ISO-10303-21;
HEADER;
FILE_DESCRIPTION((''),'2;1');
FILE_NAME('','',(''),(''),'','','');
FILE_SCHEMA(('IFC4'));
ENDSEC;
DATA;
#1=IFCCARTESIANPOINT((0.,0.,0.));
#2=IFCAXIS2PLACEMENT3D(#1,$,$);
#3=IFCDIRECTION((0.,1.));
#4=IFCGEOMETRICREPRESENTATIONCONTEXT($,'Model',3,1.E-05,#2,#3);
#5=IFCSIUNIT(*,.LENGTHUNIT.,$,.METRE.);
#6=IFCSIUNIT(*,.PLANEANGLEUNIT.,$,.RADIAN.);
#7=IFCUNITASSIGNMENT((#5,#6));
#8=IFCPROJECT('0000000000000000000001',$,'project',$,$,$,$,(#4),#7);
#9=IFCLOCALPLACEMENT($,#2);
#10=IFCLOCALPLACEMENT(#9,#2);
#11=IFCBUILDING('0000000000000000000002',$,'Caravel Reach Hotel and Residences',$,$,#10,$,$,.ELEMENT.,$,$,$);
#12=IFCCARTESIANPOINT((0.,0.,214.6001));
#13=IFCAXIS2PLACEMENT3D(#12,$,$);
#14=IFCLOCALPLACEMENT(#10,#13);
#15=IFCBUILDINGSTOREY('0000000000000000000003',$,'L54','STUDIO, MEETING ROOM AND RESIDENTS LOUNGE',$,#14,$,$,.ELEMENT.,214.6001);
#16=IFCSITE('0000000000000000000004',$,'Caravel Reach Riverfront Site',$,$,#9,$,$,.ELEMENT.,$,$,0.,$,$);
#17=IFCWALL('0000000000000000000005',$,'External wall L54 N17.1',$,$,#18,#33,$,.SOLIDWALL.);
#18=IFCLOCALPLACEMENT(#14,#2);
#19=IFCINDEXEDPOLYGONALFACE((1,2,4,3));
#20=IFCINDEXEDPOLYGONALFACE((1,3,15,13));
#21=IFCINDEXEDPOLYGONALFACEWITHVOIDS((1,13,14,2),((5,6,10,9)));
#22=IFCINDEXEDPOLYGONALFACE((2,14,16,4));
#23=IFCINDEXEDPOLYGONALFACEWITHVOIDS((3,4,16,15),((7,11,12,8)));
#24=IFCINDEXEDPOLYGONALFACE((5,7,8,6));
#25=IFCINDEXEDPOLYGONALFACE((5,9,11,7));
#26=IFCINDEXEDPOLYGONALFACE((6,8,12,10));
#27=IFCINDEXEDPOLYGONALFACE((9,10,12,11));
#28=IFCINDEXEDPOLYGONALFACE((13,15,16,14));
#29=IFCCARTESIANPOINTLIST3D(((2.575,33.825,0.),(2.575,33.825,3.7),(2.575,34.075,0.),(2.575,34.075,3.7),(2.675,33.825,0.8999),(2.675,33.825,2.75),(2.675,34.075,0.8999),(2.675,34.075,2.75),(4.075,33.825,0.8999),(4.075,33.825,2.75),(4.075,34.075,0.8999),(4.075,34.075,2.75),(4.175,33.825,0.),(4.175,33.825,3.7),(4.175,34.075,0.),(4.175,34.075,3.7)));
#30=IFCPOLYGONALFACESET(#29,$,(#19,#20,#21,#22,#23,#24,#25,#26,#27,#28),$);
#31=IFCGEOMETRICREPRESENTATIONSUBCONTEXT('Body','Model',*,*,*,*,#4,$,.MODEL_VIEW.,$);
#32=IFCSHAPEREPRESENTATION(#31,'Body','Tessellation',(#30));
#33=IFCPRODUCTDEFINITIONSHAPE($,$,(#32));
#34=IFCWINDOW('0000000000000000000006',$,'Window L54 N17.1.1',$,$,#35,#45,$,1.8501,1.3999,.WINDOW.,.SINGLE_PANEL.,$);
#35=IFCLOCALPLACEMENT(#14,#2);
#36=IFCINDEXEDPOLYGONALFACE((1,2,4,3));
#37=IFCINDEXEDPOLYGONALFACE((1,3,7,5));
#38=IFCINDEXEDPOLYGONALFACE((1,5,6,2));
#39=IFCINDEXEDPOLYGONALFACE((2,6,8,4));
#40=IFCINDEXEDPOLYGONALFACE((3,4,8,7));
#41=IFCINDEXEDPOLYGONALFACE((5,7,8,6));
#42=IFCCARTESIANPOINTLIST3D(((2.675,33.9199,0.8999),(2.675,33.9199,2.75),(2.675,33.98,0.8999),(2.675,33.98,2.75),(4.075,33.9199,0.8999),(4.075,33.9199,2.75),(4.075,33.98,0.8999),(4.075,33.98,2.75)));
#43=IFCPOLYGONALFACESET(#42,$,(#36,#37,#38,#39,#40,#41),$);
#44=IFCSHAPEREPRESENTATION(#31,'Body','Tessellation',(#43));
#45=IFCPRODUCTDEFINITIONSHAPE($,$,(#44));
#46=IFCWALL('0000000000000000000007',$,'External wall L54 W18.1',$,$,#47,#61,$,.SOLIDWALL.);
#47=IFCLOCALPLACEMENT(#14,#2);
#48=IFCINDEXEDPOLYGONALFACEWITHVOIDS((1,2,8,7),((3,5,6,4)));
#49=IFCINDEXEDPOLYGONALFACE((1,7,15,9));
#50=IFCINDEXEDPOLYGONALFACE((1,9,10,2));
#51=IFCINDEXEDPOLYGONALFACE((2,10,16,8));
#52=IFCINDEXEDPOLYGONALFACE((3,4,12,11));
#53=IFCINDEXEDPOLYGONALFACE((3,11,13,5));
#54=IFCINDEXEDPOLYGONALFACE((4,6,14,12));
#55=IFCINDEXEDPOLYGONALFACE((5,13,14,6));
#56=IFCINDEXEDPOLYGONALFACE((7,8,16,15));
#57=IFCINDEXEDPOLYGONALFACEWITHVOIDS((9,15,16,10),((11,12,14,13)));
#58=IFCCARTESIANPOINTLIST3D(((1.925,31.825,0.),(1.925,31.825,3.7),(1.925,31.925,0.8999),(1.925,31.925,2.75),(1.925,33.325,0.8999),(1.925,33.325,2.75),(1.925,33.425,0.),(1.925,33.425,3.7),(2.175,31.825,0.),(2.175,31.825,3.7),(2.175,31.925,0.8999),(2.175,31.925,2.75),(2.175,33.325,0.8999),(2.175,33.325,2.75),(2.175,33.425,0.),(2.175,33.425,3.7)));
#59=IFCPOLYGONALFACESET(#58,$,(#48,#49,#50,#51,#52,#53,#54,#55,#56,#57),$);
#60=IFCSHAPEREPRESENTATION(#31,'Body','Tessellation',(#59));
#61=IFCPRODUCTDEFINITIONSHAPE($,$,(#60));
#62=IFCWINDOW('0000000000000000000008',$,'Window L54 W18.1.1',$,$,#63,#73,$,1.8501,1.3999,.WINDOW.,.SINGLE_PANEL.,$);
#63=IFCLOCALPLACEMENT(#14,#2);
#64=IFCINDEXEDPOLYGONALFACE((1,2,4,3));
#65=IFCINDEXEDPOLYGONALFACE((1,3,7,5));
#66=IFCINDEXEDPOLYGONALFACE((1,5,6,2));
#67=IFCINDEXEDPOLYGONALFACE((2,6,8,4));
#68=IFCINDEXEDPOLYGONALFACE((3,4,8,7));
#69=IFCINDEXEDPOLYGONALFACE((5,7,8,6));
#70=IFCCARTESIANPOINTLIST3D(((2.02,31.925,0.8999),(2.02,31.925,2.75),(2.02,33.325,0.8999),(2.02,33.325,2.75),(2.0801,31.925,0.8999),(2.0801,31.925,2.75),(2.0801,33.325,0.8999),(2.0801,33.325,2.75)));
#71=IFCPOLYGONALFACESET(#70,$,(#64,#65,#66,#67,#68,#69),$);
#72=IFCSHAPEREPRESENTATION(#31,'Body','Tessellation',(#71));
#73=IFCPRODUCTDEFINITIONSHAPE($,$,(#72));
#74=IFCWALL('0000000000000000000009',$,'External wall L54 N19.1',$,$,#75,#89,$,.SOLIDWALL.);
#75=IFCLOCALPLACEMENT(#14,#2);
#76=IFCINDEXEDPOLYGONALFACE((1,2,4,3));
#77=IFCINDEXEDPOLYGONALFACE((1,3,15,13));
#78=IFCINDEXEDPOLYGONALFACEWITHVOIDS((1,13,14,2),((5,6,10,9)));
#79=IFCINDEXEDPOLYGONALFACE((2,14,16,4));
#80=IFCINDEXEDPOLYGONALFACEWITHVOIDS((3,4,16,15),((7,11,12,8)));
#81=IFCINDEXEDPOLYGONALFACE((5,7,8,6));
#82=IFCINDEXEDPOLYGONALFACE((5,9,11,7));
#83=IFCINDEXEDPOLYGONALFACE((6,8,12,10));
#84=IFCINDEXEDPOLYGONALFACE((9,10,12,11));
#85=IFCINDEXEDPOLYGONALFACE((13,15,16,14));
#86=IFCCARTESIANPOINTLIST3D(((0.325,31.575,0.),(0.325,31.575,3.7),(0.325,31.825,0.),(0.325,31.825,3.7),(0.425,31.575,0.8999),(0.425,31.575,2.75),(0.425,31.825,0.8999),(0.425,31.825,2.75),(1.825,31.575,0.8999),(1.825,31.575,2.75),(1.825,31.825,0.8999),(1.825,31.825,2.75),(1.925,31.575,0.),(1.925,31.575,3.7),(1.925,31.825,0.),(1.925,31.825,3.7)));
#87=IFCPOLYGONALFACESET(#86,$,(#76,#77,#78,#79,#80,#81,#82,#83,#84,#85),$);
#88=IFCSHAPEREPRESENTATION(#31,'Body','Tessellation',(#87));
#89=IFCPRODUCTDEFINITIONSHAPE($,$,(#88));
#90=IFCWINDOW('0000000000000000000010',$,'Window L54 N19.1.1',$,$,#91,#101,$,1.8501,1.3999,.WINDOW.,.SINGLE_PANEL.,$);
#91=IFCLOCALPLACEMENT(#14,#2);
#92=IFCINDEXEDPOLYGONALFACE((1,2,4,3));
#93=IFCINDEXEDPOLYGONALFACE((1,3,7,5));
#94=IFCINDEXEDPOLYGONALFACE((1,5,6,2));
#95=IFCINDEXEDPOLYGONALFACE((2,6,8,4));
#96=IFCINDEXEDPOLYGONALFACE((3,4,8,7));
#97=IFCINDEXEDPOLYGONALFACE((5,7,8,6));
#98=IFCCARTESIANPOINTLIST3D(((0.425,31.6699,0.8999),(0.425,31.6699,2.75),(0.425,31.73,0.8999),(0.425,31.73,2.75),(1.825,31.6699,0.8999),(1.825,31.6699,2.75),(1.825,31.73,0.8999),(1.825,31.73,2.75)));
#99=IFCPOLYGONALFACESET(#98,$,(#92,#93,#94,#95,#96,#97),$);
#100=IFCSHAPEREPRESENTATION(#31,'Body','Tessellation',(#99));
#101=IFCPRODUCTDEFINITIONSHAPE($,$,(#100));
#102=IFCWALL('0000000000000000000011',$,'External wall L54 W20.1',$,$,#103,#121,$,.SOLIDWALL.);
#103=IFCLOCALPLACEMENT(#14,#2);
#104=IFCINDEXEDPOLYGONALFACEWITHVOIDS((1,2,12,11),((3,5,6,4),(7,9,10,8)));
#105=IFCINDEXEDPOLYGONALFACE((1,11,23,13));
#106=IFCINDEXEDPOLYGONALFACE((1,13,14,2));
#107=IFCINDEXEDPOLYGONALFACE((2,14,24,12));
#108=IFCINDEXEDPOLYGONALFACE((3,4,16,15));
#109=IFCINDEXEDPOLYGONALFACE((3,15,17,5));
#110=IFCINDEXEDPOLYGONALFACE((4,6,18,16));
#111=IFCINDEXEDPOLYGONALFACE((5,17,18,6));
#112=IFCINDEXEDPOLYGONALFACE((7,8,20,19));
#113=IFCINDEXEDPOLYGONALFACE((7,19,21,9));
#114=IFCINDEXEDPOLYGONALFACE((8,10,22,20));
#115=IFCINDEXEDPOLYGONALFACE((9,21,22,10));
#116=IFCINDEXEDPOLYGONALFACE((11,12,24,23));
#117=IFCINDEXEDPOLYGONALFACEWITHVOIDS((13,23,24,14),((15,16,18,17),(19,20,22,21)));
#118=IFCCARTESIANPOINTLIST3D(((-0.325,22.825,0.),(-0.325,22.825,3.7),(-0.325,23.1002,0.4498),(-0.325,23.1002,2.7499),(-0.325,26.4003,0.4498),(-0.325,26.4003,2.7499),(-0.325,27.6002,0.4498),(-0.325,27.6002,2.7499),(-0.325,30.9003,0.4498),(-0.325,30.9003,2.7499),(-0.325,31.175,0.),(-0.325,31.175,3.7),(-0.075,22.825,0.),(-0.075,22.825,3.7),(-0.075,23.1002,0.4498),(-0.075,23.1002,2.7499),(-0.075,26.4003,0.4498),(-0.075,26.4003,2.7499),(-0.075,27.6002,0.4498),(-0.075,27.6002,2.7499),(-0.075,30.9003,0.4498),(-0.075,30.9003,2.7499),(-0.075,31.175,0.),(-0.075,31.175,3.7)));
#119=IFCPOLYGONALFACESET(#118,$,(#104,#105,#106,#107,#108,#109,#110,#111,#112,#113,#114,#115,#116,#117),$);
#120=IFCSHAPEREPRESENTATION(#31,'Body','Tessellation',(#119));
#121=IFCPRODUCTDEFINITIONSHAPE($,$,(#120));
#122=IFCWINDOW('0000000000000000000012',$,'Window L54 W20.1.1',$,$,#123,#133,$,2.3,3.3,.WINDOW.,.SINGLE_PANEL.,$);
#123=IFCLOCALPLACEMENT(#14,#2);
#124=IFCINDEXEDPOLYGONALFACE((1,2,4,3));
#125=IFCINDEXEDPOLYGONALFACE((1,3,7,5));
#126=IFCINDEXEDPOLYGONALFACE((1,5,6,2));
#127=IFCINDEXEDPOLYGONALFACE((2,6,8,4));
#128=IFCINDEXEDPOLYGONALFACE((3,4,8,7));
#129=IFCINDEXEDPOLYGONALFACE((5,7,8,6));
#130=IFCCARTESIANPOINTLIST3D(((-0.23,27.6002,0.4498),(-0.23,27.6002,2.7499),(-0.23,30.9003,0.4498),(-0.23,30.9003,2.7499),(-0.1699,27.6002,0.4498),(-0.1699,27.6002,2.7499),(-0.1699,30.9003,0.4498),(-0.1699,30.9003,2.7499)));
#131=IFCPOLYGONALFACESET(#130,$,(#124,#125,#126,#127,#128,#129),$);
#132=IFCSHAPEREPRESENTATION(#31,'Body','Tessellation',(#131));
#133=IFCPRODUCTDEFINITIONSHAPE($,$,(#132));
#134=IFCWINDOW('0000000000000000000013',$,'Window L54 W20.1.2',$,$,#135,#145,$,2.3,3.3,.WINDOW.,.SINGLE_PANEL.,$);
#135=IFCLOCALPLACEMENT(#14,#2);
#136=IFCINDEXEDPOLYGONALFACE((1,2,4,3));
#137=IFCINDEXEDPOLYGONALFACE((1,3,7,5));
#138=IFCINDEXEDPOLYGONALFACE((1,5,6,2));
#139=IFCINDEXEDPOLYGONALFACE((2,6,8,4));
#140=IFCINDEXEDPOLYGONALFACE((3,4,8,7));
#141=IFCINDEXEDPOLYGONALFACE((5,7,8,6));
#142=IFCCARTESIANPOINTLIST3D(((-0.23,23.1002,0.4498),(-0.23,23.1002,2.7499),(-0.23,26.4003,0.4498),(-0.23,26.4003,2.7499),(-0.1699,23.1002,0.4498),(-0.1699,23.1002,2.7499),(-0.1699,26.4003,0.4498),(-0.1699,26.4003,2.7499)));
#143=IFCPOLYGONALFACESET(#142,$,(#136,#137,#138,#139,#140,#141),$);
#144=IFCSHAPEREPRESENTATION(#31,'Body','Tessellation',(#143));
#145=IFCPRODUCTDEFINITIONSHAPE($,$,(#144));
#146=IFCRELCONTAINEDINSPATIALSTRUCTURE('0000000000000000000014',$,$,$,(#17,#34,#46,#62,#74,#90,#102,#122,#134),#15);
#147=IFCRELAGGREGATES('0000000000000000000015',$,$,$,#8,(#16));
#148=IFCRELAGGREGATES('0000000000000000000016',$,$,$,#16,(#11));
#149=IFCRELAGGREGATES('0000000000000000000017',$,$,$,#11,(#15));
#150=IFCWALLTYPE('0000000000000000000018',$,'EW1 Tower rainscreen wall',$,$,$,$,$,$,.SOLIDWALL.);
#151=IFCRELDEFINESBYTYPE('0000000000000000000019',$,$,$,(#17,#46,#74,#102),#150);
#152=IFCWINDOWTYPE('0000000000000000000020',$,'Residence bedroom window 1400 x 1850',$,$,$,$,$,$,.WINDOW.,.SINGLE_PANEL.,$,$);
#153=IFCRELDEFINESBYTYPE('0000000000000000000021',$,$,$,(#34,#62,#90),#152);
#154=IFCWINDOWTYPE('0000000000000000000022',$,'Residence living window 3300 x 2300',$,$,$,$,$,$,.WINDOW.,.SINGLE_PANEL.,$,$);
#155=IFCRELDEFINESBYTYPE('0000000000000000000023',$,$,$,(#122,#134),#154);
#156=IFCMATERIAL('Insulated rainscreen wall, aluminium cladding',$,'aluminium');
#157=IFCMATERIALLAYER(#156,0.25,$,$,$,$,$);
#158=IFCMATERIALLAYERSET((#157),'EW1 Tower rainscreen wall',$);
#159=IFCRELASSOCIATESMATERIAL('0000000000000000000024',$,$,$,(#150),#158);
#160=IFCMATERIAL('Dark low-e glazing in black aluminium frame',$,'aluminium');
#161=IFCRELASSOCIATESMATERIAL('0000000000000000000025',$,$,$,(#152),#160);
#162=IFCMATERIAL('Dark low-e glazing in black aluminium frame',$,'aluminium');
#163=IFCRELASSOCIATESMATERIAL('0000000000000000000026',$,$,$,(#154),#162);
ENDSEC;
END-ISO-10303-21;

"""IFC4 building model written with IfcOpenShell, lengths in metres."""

from ifc_helpers import new_model, si_unit, direction, frame, frame_2d, origin, place, context, subcontext, project, spatial, rectangle, extrude, material, layer, layer_set, type_object, element, fill, save


model = new_model("IFC4")

# Units and contexts
model_context = context("Model", 3, precision=1e-05, world=origin(), true_north=direction((0.0, 1.0)))
body_context = subcontext(model_context, "Body", "Model", "MODEL_VIEW")
ifc_project = project(units=[si_unit("LENGTHUNIT", "METRE"), si_unit("PLANEANGLEUNIT", "RADIAN")], contexts=[model_context])

# Site, building, storey
site_placement = place(None, origin())
site = spatial("IfcSite", under=ifc_project, at=site_placement, Name="Caravel Reach Riverfront Site", CompositionType="ELEMENT", RefElevation=0.0)
building_placement = place(site_placement, origin())
building = spatial("IfcBuilding", under=site, at=building_placement, Name="Caravel Reach Hotel and Residences", CompositionType="ELEMENT")
storey_placement = place(building_placement, frame((0.0, 0.0, 214.6001)))
storey = spatial("IfcBuildingStorey", under=building, at=storey_placement, Name="L54", Description="STUDIO, MEETING ROOM AND RESIDENTS LOUNGE", CompositionType="ELEMENT", Elevation=214.6001)

# Walls, openings, windows
ifc_material_1 = material(Name="Insulated rainscreen wall, aluminium cladding", Category="aluminium")
ifc_layer_1 = layer(ifc_material_1, 0.25)
ifc_layer_set_1 = layer_set([ifc_layer_1], Name="EW1 Tower rainscreen wall")
wall_type_1 = type_object("IfcWallType", Name="EW1 Tower rainscreen wall", PredefinedType="SOLIDWALL", material=ifc_layer_set_1)
ifc_material_2 = material(Name="Dark low-e glazing in black aluminium frame", Category="aluminium")
window_type_1 = type_object("IfcWindowType", Name="Residence bedroom window 1400 x 1850", PartitioningType="SINGLE_PANEL", PredefinedType="WINDOW", material=ifc_material_2)
wall_1_placement = place(storey_placement, frame((4.175, 33.95, 0.0), z_axis=(0.0, 0.0, 1.0), x_axis=(-1.0, 0.0, 0.0)))
wall_1 = element("IfcWall", 1, at=wall_1_placement, inside=storey, type_object=wall_type_1, Name="External wall L54 N17.1", PredefinedType="SOLIDWALL", context=body_context, shape_type="SweptSolid", body=[
    extrude(rectangle(XDim=1.6001, YDim=0.25, at=frame_2d((0.8, 0.0))), origin(), (0.0, 0.0, 1.0), 3.7),
])
opening_1_placement = place(wall_1_placement, frame((0.1001, 0.0, 0.8999)))
opening_1 = element("IfcOpeningElement", 2, at=opening_1_placement, cuts=wall_1, PredefinedType="OPENING", context=body_context, shape_type="SweptSolid", body=[
    extrude(rectangle(XDim=1.3999, YDim=1.8501, at=frame_2d((0.7, 0.925))), frame((0.0, 0.135, 0.0), z_axis=(0.0, -1.0, 0.0), x_axis=(1.0, 0.0, 0.0)), (0.0, 0.0, 1.0), 0.27),
])
window_1_placement = place(opening_1_placement, origin())
window_1 = element("IfcWindow", 3, at=window_1_placement, inside=storey, type_object=window_type_1, Name="Window L54 N17.1.1", OverallHeight=1.8501, OverallWidth=1.3999, PartitioningType="SINGLE_PANEL", PredefinedType="WINDOW", context=body_context, shape_type="SweptSolid", body=[
    extrude(rectangle(XDim=1.3999, YDim=1.8501, at=frame_2d((0.7, 0.925))), frame((0.0, 0.03, 0.0), z_axis=(0.0, -1.0, 0.0), x_axis=(1.0, 0.0, 0.0)), (0.0, 0.0, 1.0), 0.0601),
])
fill(opening_1, window_1)
wall_2_placement = place(storey_placement, frame((2.05, 33.425, 0.0), z_axis=(0.0, 0.0, 1.0), x_axis=(0.0, -1.0, 0.0)))
wall_2 = element("IfcWall", 4, at=wall_2_placement, inside=storey, type_object=wall_type_1, Name="External wall L54 W18.1", PredefinedType="SOLIDWALL", context=body_context, shape_type="SweptSolid", body=[
    extrude(rectangle(XDim=1.6001, YDim=0.25, at=frame_2d((0.8, 0.0))), origin(), (0.0, 0.0, 1.0), 3.7),
])
opening_2_placement = place(wall_2_placement, frame((0.1001, 0.0, 0.8999)))
opening_2 = element("IfcOpeningElement", 5, at=opening_2_placement, cuts=wall_2, PredefinedType="OPENING", context=body_context, shape_type="SweptSolid", body=[
    extrude(rectangle(XDim=1.3999, YDim=1.8501, at=frame_2d((0.7, 0.925))), frame((0.0, 0.135, 0.0), z_axis=(0.0, -1.0, 0.0), x_axis=(1.0, 0.0, 0.0)), (0.0, 0.0, 1.0), 0.27),
])
window_2_placement = place(opening_2_placement, origin())
window_2 = element("IfcWindow", 6, at=window_2_placement, inside=storey, type_object=window_type_1, Name="Window L54 W18.1.1", OverallHeight=1.8501, OverallWidth=1.3999, PartitioningType="SINGLE_PANEL", PredefinedType="WINDOW", context=body_context, shape_type="SweptSolid", body=[
    extrude(rectangle(XDim=1.3999, YDim=1.8501, at=frame_2d((0.7, 0.925))), frame((0.0, 0.03, 0.0), z_axis=(0.0, -1.0, 0.0), x_axis=(1.0, 0.0, 0.0)), (0.0, 0.0, 1.0), 0.0601),
])
fill(opening_2, window_2)
wall_3_placement = place(storey_placement, frame((1.925, 31.7, 0.0), z_axis=(0.0, 0.0, 1.0), x_axis=(-1.0, 0.0, 0.0)))
wall_3 = element("IfcWall", 7, at=wall_3_placement, inside=storey, type_object=wall_type_1, Name="External wall L54 N19.1", PredefinedType="SOLIDWALL", context=body_context, shape_type="SweptSolid", body=[
    extrude(rectangle(XDim=1.6001, YDim=0.25, at=frame_2d((0.8, 0.0))), origin(), (0.0, 0.0, 1.0), 3.7),
])
opening_3_placement = place(wall_3_placement, frame((0.1001, 0.0, 0.8999)))
opening_3 = element("IfcOpeningElement", 8, at=opening_3_placement, cuts=wall_3, PredefinedType="OPENING", context=body_context, shape_type="SweptSolid", body=[
    extrude(rectangle(XDim=1.3999, YDim=1.8501, at=frame_2d((0.7, 0.925))), frame((0.0, 0.135, 0.0), z_axis=(0.0, -1.0, 0.0), x_axis=(1.0, 0.0, 0.0)), (0.0, 0.0, 1.0), 0.27),
])
window_3_placement = place(opening_3_placement, origin())
window_3 = element("IfcWindow", 9, at=window_3_placement, inside=storey, type_object=window_type_1, Name="Window L54 N19.1.1", OverallHeight=1.8501, OverallWidth=1.3999, PartitioningType="SINGLE_PANEL", PredefinedType="WINDOW", context=body_context, shape_type="SweptSolid", body=[
    extrude(rectangle(XDim=1.3999, YDim=1.8501, at=frame_2d((0.7, 0.925))), frame((0.0, 0.03, 0.0), z_axis=(0.0, -1.0, 0.0), x_axis=(1.0, 0.0, 0.0)), (0.0, 0.0, 1.0), 0.0601),
])
fill(opening_3, window_3)

# Wall, openings, windows
wall_4_placement = place(storey_placement, frame((-0.2, 31.175, 0.0), z_axis=(0.0, 0.0, 1.0), x_axis=(0.0, -1.0, 0.0)))
wall_4 = element("IfcWall", 10, at=wall_4_placement, inside=storey, type_object=wall_type_1, Name="External wall L54 W20.1", PredefinedType="SOLIDWALL", context=body_context, shape_type="SweptSolid", body=[
    extrude(rectangle(XDim=8.3501, YDim=0.25, at=frame_2d((4.175, 0.0))), origin(), (0.0, 0.0, 1.0), 3.7),
])
opening_4_placement = place(wall_4_placement, frame((0.2749, 0.0, 0.45)))
opening_4 = element("IfcOpeningElement", 11, at=opening_4_placement, cuts=wall_4, PredefinedType="OPENING", context=body_context, shape_type="SweptSolid", body=[
    extrude(rectangle(XDim=3.3, YDim=2.3, at=frame_2d((1.6499, 1.1499))), frame((0.0, 0.135, 0.0), z_axis=(0.0, -1.0, 0.0), x_axis=(1.0, 0.0, 0.0)), (0.0, 0.0, 1.0), 0.27),
])
opening_5_placement = place(wall_4_placement, frame((4.7749, 0.0, 0.45)))
opening_5 = element("IfcOpeningElement", 12, at=opening_5_placement, cuts=wall_4, PredefinedType="OPENING", context=body_context, shape_type="SweptSolid", body=[
    extrude(rectangle(XDim=3.3, YDim=2.3, at=frame_2d((1.6499, 1.1499))), frame((0.0, 0.135, 0.0), z_axis=(0.0, -1.0, 0.0), x_axis=(1.0, 0.0, 0.0)), (0.0, 0.0, 1.0), 0.27),
])
ifc_material_3 = material(Name="Dark low-e glazing in black aluminium frame", Category="aluminium")
window_type_2 = type_object("IfcWindowType", Name="Residence living window 3300 x 2300", PartitioningType="SINGLE_PANEL", PredefinedType="WINDOW", material=ifc_material_3)
window_4_placement = place(opening_4_placement, origin())
window_4 = element("IfcWindow", 13, at=window_4_placement, inside=storey, type_object=window_type_2, Name="Window L54 W20.1.1", OverallHeight=2.3, OverallWidth=3.3, PartitioningType="SINGLE_PANEL", PredefinedType="WINDOW", context=body_context, shape_type="SweptSolid", body=[
    extrude(rectangle(XDim=3.3, YDim=2.3, at=frame_2d((1.6499, 1.1499))), frame((0.0, 0.03, 0.0), z_axis=(0.0, -1.0, 0.0), x_axis=(1.0, 0.0, 0.0)), (0.0, 0.0, 1.0), 0.0601),
])
fill(opening_4, window_4)
window_5_placement = place(opening_5_placement, origin())
window_5 = element("IfcWindow", 14, at=window_5_placement, inside=storey, type_object=window_type_2, Name="Window L54 W20.1.2", OverallHeight=2.3, OverallWidth=3.3, PartitioningType="SINGLE_PANEL", PredefinedType="WINDOW", context=body_context, shape_type="SweptSolid", body=[
    extrude(rectangle(XDim=3.3, YDim=2.3, at=frame_2d((1.6499, 1.1499))), frame((0.0, 0.03, 0.0), z_axis=(0.0, -1.0, 0.0), x_axis=(1.0, 0.0, 0.0)), (0.0, 0.0, 1.0), 0.0601),
])
fill(opening_5, window_5)

save(model, "model.ifc")
